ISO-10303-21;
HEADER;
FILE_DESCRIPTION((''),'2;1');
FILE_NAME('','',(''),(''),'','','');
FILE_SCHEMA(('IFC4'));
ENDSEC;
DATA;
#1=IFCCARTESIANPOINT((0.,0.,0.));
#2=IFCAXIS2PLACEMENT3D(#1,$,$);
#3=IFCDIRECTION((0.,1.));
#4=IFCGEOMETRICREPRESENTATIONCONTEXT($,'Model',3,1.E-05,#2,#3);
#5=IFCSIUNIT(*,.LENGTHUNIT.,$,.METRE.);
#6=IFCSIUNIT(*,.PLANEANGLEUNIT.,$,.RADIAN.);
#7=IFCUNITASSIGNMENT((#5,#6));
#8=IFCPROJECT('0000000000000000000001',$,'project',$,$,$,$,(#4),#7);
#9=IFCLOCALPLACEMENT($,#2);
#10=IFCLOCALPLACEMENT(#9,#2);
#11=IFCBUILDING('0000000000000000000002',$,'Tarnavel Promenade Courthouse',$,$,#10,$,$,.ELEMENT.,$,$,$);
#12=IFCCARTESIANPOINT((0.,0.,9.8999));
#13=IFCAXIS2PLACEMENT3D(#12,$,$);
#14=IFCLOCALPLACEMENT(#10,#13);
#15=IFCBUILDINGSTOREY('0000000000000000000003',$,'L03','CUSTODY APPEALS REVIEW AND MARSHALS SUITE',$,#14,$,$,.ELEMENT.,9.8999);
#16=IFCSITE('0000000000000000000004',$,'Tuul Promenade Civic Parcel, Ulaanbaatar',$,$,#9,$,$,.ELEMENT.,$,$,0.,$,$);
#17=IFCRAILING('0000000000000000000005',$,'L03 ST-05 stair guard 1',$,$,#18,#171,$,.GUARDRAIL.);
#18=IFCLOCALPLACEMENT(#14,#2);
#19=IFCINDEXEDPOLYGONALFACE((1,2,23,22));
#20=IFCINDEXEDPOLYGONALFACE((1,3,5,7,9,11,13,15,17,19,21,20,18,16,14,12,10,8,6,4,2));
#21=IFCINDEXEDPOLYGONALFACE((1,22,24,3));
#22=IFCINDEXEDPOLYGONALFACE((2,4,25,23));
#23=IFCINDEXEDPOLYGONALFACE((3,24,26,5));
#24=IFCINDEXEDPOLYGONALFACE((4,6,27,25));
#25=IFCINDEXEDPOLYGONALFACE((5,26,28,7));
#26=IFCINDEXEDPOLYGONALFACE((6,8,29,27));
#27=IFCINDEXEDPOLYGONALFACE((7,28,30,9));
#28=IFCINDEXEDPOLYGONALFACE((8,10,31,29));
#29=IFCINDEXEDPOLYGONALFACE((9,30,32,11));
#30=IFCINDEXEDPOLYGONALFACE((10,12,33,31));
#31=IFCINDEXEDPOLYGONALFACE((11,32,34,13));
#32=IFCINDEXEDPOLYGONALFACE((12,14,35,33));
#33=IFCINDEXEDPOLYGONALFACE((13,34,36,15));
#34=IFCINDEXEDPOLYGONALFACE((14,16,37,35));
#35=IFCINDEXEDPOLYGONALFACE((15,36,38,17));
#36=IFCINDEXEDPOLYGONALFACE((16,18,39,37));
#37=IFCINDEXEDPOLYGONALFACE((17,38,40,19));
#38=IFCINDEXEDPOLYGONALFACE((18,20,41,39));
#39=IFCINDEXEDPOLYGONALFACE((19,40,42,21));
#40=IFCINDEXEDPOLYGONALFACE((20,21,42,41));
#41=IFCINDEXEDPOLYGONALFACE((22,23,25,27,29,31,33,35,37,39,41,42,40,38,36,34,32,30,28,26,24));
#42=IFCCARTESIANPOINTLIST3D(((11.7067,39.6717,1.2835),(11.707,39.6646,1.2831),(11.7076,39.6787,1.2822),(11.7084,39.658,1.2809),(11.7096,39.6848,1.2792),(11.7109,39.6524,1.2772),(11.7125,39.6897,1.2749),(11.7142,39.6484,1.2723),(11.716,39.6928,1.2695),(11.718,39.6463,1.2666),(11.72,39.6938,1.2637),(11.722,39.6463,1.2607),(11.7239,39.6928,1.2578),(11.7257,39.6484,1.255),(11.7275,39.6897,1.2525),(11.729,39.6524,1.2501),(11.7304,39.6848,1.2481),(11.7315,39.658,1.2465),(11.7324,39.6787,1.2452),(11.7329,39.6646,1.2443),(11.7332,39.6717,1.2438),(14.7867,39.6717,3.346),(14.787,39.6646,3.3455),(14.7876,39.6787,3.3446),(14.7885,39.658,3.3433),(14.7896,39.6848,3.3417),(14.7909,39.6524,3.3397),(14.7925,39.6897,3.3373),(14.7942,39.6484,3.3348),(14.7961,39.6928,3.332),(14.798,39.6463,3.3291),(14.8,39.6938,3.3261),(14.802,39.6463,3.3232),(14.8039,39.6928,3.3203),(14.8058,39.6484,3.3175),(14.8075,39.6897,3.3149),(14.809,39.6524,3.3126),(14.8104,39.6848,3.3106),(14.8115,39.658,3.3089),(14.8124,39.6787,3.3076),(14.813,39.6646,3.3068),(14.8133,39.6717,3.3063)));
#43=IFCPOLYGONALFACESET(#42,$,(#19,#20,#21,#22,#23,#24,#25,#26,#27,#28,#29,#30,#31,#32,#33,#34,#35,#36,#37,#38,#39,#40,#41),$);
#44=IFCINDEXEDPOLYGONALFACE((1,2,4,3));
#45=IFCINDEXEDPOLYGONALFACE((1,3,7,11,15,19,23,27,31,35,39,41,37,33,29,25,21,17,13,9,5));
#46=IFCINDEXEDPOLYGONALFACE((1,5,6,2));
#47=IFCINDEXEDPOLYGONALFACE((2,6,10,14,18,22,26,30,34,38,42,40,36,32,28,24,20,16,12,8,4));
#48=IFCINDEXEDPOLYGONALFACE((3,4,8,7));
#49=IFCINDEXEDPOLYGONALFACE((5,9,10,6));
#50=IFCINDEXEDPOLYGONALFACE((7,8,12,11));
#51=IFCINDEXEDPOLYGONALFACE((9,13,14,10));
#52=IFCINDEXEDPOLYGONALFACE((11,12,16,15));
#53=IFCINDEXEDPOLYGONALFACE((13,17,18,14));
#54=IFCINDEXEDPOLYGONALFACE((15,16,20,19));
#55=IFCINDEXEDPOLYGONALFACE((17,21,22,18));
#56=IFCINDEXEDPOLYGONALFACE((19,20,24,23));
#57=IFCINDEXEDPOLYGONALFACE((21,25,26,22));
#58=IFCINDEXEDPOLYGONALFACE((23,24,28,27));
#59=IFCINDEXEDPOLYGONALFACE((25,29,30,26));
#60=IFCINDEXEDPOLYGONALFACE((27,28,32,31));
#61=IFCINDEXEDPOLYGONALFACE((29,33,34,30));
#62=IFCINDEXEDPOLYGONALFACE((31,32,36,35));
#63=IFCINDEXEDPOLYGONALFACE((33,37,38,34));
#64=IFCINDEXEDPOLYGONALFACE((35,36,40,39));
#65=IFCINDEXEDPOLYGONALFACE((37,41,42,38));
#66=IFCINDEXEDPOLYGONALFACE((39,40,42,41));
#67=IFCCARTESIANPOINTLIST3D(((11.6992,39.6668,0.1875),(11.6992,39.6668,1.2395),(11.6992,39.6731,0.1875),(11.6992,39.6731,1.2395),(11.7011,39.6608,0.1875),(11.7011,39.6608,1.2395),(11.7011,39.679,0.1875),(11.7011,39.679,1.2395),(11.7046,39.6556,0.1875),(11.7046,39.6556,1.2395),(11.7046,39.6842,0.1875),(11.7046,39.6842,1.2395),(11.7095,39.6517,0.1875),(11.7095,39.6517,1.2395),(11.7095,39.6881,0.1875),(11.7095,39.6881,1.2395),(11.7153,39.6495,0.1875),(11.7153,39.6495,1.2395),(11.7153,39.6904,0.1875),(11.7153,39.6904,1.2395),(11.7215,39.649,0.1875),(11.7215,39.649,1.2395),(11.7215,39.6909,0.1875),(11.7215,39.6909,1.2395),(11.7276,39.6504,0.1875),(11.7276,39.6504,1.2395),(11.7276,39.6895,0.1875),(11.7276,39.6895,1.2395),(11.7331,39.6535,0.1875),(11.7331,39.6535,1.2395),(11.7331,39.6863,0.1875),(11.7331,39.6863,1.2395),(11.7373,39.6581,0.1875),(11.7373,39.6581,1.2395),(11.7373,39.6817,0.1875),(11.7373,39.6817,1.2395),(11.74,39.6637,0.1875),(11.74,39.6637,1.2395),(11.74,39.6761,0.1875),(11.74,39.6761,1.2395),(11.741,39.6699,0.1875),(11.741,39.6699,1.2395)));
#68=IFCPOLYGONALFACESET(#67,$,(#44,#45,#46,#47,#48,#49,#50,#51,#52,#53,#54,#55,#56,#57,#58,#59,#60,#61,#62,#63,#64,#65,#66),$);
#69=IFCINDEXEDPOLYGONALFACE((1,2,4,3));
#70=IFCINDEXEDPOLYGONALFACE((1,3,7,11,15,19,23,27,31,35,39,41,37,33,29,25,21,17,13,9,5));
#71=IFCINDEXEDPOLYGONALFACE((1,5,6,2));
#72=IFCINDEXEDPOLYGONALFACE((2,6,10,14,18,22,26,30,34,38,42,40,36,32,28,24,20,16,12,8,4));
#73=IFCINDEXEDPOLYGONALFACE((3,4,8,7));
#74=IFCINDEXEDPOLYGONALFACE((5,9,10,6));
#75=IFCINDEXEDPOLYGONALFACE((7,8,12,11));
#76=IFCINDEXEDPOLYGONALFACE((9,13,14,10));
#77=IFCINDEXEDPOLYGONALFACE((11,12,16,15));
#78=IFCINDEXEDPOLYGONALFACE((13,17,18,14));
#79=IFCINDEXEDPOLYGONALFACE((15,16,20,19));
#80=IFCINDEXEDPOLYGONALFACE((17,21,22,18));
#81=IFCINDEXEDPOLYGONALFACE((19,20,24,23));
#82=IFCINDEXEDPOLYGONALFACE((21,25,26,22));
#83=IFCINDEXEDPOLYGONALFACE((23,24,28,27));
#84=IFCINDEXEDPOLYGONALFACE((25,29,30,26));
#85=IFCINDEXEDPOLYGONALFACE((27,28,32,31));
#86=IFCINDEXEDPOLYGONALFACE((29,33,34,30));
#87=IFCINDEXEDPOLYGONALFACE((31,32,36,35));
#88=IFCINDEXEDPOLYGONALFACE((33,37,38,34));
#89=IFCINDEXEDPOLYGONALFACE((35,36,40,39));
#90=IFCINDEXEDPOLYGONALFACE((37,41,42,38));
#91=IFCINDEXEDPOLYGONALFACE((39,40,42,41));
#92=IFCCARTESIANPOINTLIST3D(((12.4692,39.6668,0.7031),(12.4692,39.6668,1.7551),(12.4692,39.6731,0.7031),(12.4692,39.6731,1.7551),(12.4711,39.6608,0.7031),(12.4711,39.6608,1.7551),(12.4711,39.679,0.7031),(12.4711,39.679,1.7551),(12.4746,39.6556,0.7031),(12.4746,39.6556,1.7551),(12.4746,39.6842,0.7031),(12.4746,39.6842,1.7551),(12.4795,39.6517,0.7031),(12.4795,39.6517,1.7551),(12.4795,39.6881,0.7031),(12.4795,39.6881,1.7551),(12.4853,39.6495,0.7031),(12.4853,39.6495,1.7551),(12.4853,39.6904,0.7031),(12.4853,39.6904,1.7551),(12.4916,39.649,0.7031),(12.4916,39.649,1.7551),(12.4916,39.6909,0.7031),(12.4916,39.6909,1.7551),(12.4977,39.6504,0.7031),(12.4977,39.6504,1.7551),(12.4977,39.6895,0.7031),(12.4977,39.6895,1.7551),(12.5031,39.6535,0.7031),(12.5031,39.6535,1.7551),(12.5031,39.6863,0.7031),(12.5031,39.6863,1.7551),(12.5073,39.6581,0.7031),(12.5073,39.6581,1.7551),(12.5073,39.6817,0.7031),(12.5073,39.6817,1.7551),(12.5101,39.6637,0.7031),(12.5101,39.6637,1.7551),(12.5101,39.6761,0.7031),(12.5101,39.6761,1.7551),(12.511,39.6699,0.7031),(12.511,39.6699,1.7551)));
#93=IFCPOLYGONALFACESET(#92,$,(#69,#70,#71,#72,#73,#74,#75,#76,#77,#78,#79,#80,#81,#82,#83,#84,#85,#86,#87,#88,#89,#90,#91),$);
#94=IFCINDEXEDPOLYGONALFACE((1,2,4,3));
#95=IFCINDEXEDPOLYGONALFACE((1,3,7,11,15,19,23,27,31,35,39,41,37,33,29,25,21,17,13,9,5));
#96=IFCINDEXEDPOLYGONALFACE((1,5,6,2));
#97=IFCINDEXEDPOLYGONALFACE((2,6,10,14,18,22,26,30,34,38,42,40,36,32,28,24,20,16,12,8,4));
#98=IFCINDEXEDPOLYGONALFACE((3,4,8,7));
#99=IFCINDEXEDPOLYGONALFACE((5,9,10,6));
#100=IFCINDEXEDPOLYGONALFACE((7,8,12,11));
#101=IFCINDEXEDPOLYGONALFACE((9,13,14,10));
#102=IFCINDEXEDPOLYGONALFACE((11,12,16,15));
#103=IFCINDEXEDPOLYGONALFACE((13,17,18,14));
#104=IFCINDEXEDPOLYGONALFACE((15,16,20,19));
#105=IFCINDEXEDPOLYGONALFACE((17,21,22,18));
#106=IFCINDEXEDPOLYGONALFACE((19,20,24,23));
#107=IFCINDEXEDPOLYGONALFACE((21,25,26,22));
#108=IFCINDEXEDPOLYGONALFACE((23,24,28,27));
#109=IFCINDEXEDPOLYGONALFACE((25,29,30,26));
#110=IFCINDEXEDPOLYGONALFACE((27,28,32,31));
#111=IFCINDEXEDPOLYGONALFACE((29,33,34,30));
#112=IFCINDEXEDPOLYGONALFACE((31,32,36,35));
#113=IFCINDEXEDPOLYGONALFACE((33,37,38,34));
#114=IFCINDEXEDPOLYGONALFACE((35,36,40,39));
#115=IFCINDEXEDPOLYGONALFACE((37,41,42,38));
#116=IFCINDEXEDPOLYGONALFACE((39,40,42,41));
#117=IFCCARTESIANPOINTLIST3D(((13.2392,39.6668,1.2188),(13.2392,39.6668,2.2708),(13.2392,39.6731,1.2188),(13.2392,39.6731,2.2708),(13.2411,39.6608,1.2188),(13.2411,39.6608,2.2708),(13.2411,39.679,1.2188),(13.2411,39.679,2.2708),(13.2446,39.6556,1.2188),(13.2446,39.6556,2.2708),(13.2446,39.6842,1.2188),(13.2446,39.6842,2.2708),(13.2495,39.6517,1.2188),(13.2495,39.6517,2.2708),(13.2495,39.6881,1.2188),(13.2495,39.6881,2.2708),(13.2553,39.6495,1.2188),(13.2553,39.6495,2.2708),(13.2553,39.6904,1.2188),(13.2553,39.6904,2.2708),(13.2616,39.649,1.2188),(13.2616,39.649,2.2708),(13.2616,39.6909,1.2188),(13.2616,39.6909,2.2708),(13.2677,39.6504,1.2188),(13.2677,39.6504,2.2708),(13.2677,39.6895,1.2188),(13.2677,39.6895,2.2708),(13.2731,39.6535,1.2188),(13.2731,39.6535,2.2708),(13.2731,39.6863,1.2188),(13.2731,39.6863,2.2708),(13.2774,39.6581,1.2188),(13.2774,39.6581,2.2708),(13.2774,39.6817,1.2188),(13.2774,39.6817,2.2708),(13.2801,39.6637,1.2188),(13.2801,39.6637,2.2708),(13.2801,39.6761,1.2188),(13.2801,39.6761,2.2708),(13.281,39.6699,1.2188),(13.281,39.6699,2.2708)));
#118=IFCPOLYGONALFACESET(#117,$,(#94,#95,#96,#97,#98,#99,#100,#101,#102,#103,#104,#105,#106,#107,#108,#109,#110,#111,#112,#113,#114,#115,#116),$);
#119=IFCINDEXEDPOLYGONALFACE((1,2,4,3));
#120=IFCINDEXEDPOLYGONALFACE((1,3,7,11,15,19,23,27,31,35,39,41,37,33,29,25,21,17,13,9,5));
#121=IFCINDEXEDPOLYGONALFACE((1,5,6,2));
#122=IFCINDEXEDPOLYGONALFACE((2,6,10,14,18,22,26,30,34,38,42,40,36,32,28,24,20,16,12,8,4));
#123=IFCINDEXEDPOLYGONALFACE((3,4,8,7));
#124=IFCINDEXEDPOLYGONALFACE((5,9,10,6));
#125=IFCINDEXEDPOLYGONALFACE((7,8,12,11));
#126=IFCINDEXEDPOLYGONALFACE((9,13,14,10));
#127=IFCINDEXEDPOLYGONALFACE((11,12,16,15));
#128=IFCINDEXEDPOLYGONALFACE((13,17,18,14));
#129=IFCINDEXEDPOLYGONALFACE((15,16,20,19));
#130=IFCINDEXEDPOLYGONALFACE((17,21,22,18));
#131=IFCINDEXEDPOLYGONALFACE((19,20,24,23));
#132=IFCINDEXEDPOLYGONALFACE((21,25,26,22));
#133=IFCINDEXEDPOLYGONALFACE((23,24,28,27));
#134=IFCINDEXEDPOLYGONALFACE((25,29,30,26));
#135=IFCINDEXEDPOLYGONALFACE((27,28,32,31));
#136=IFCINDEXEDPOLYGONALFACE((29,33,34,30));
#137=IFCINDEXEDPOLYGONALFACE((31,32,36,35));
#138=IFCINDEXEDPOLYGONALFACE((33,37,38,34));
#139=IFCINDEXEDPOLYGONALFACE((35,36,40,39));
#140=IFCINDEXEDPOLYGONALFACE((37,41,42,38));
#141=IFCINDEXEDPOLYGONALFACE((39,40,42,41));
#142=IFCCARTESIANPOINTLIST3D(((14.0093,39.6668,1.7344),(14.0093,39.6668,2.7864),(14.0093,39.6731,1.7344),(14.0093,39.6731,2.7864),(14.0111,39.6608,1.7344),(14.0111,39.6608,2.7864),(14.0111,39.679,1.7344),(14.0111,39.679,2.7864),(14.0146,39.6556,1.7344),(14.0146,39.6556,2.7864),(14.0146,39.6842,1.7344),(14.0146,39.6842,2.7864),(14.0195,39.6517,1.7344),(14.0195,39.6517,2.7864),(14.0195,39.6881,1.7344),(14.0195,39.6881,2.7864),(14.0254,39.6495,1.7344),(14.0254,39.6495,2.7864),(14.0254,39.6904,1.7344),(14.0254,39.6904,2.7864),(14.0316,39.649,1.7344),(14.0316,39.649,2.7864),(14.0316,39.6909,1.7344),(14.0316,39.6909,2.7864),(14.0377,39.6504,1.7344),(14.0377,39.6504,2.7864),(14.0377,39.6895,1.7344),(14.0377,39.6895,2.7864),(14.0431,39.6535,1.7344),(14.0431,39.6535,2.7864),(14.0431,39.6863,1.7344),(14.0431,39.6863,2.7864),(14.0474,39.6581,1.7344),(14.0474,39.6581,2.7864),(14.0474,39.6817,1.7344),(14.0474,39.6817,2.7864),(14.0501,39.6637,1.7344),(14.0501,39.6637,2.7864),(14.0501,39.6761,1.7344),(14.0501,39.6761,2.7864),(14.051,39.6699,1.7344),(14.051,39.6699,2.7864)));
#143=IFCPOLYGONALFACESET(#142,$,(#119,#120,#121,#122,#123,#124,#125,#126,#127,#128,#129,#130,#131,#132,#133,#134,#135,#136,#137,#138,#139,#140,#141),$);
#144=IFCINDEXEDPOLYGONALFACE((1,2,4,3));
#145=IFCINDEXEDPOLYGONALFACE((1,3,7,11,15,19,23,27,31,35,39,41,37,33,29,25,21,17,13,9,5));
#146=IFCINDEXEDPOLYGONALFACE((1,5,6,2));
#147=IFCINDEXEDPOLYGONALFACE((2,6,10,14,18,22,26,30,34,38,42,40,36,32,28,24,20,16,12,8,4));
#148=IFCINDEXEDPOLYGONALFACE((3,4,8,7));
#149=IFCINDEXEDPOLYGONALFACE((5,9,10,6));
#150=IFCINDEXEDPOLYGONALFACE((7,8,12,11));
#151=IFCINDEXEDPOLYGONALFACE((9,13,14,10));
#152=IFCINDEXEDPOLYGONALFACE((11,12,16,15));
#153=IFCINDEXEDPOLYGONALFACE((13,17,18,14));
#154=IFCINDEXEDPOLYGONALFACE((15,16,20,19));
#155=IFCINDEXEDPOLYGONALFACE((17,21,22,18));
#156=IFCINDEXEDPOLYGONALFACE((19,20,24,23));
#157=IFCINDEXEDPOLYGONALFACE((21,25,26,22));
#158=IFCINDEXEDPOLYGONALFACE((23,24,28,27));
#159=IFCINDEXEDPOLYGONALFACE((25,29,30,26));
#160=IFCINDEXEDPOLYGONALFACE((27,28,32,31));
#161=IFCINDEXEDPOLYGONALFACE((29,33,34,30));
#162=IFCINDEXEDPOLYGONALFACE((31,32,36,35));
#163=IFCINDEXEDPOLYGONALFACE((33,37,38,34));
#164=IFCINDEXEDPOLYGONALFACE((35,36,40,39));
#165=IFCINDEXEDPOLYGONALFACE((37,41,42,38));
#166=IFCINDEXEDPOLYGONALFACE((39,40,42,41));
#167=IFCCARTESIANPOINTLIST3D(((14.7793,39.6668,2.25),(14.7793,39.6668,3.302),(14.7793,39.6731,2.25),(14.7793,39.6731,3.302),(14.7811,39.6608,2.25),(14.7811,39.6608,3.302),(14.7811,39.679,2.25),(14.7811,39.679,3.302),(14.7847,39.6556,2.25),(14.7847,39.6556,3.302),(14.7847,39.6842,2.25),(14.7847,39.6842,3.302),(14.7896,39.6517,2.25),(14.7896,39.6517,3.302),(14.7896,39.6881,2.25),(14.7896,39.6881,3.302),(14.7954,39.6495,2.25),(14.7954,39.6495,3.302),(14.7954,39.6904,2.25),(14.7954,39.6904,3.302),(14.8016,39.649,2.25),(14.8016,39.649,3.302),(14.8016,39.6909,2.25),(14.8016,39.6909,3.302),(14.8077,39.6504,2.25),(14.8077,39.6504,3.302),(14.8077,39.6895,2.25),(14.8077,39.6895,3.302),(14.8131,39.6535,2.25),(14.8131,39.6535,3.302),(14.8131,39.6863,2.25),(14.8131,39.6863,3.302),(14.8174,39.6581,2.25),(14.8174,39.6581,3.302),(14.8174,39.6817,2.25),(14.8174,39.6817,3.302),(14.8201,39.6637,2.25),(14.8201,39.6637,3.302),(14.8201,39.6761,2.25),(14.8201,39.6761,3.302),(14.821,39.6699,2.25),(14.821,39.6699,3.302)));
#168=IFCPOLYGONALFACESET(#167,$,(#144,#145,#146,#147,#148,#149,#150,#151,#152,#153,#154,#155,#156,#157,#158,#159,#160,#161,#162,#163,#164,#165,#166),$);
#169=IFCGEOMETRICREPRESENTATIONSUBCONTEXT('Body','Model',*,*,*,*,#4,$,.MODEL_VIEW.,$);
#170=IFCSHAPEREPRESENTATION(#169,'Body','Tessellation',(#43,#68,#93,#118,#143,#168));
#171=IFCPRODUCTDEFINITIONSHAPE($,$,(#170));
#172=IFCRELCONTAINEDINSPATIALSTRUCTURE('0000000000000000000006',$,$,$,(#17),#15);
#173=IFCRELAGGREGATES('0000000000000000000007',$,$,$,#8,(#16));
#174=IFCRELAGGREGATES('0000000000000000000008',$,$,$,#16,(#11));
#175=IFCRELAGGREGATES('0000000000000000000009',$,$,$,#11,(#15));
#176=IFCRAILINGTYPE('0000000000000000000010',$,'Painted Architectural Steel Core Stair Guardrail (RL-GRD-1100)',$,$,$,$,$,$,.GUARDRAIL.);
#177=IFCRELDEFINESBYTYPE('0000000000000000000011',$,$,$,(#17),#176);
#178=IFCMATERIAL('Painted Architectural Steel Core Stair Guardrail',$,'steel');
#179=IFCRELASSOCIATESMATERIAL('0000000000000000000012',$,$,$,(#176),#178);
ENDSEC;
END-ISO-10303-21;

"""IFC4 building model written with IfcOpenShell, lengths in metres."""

from ifc_helpers import new_model, si_unit, direction, frame, origin, origin_2d, place, context, subcontext, project, spatial, circle, extrude, material, type_object, element, save


model = new_model("IFC4")

# Units and contexts
model_context = context("Model", 3, precision=1e-05, world=origin(), true_north=direction((0.0, 1.0)))
body_context = subcontext(model_context, "Body", "Model", "MODEL_VIEW")
ifc_project = project(units=[si_unit("LENGTHUNIT", "METRE"), si_unit("PLANEANGLEUNIT", "RADIAN")], contexts=[model_context])

# Site, building, storey
site_placement = place(None, origin())
site = spatial("IfcSite", under=ifc_project, at=site_placement, Name="Tuul Promenade Civic Parcel, Ulaanbaatar", CompositionType="ELEMENT", RefElevation=0.0)
building_placement = place(site_placement, origin())
building = spatial("IfcBuilding", under=site, at=building_placement, Name="Tarnavel Promenade Courthouse", CompositionType="ELEMENT")
storey_placement = place(building_placement, frame((0.0, 0.0, 9.8999)))
storey = spatial("IfcBuildingStorey", under=building, at=storey_placement, Name="L03", Description="CUSTODY APPEALS REVIEW AND MARSHALS SUITE", CompositionType="ELEMENT", Elevation=9.8999)

# Railing
ifc_material_1 = material(Name="Painted Architectural Steel Core Stair Guardrail", Category="steel")
railing_type_1 = type_object("IfcRailingType", Name="Painted Architectural Steel Core Stair Guardrail (RL-GRD-1100)", PredefinedType="GUARDRAIL", material=ifc_material_1)
railing_1_placement = place(storey_placement, frame((11.72, 39.6699, 0.1875)))
element("IfcRailing", 1, at=railing_1_placement, inside=storey, type_object=railing_type_1, Name="L03 ST-05 stair guard 1", PredefinedType="GUARDRAIL", context=body_context, shape_type="SweptSolid", body=[
    extrude(circle(Radius=0.0239, at=origin_2d()), frame((0.0, 0.0, 1.0762), z_axis=(0.830914, 0.0, 0.556401), x_axis=(0.0, 1.0, 0.0)), (0.0, 0.0, 1.0), 3.7068),
    extrude(circle(Radius=0.021, at=origin_2d()), origin(), (0.0, 0.0, 1.0), 1.052),
    extrude(circle(Radius=0.021, at=origin_2d()), frame((0.77, 0.0, 0.5156)), (0.0, 0.0, 1.0), 1.052),
    extrude(circle(Radius=0.021, at=origin_2d()), frame((1.54, 0.0, 1.0312)), (0.0, 0.0, 1.0), 1.052),
    extrude(circle(Radius=0.021, at=origin_2d()), frame((2.3101, 0.0, 1.5469)), (0.0, 0.0, 1.0), 1.052),
    extrude(circle(Radius=0.021, at=origin_2d()), frame((3.0801, 0.0, 2.0625)), (0.0, 0.0, 1.0), 1.052),
])

save(model, "model.ifc")
